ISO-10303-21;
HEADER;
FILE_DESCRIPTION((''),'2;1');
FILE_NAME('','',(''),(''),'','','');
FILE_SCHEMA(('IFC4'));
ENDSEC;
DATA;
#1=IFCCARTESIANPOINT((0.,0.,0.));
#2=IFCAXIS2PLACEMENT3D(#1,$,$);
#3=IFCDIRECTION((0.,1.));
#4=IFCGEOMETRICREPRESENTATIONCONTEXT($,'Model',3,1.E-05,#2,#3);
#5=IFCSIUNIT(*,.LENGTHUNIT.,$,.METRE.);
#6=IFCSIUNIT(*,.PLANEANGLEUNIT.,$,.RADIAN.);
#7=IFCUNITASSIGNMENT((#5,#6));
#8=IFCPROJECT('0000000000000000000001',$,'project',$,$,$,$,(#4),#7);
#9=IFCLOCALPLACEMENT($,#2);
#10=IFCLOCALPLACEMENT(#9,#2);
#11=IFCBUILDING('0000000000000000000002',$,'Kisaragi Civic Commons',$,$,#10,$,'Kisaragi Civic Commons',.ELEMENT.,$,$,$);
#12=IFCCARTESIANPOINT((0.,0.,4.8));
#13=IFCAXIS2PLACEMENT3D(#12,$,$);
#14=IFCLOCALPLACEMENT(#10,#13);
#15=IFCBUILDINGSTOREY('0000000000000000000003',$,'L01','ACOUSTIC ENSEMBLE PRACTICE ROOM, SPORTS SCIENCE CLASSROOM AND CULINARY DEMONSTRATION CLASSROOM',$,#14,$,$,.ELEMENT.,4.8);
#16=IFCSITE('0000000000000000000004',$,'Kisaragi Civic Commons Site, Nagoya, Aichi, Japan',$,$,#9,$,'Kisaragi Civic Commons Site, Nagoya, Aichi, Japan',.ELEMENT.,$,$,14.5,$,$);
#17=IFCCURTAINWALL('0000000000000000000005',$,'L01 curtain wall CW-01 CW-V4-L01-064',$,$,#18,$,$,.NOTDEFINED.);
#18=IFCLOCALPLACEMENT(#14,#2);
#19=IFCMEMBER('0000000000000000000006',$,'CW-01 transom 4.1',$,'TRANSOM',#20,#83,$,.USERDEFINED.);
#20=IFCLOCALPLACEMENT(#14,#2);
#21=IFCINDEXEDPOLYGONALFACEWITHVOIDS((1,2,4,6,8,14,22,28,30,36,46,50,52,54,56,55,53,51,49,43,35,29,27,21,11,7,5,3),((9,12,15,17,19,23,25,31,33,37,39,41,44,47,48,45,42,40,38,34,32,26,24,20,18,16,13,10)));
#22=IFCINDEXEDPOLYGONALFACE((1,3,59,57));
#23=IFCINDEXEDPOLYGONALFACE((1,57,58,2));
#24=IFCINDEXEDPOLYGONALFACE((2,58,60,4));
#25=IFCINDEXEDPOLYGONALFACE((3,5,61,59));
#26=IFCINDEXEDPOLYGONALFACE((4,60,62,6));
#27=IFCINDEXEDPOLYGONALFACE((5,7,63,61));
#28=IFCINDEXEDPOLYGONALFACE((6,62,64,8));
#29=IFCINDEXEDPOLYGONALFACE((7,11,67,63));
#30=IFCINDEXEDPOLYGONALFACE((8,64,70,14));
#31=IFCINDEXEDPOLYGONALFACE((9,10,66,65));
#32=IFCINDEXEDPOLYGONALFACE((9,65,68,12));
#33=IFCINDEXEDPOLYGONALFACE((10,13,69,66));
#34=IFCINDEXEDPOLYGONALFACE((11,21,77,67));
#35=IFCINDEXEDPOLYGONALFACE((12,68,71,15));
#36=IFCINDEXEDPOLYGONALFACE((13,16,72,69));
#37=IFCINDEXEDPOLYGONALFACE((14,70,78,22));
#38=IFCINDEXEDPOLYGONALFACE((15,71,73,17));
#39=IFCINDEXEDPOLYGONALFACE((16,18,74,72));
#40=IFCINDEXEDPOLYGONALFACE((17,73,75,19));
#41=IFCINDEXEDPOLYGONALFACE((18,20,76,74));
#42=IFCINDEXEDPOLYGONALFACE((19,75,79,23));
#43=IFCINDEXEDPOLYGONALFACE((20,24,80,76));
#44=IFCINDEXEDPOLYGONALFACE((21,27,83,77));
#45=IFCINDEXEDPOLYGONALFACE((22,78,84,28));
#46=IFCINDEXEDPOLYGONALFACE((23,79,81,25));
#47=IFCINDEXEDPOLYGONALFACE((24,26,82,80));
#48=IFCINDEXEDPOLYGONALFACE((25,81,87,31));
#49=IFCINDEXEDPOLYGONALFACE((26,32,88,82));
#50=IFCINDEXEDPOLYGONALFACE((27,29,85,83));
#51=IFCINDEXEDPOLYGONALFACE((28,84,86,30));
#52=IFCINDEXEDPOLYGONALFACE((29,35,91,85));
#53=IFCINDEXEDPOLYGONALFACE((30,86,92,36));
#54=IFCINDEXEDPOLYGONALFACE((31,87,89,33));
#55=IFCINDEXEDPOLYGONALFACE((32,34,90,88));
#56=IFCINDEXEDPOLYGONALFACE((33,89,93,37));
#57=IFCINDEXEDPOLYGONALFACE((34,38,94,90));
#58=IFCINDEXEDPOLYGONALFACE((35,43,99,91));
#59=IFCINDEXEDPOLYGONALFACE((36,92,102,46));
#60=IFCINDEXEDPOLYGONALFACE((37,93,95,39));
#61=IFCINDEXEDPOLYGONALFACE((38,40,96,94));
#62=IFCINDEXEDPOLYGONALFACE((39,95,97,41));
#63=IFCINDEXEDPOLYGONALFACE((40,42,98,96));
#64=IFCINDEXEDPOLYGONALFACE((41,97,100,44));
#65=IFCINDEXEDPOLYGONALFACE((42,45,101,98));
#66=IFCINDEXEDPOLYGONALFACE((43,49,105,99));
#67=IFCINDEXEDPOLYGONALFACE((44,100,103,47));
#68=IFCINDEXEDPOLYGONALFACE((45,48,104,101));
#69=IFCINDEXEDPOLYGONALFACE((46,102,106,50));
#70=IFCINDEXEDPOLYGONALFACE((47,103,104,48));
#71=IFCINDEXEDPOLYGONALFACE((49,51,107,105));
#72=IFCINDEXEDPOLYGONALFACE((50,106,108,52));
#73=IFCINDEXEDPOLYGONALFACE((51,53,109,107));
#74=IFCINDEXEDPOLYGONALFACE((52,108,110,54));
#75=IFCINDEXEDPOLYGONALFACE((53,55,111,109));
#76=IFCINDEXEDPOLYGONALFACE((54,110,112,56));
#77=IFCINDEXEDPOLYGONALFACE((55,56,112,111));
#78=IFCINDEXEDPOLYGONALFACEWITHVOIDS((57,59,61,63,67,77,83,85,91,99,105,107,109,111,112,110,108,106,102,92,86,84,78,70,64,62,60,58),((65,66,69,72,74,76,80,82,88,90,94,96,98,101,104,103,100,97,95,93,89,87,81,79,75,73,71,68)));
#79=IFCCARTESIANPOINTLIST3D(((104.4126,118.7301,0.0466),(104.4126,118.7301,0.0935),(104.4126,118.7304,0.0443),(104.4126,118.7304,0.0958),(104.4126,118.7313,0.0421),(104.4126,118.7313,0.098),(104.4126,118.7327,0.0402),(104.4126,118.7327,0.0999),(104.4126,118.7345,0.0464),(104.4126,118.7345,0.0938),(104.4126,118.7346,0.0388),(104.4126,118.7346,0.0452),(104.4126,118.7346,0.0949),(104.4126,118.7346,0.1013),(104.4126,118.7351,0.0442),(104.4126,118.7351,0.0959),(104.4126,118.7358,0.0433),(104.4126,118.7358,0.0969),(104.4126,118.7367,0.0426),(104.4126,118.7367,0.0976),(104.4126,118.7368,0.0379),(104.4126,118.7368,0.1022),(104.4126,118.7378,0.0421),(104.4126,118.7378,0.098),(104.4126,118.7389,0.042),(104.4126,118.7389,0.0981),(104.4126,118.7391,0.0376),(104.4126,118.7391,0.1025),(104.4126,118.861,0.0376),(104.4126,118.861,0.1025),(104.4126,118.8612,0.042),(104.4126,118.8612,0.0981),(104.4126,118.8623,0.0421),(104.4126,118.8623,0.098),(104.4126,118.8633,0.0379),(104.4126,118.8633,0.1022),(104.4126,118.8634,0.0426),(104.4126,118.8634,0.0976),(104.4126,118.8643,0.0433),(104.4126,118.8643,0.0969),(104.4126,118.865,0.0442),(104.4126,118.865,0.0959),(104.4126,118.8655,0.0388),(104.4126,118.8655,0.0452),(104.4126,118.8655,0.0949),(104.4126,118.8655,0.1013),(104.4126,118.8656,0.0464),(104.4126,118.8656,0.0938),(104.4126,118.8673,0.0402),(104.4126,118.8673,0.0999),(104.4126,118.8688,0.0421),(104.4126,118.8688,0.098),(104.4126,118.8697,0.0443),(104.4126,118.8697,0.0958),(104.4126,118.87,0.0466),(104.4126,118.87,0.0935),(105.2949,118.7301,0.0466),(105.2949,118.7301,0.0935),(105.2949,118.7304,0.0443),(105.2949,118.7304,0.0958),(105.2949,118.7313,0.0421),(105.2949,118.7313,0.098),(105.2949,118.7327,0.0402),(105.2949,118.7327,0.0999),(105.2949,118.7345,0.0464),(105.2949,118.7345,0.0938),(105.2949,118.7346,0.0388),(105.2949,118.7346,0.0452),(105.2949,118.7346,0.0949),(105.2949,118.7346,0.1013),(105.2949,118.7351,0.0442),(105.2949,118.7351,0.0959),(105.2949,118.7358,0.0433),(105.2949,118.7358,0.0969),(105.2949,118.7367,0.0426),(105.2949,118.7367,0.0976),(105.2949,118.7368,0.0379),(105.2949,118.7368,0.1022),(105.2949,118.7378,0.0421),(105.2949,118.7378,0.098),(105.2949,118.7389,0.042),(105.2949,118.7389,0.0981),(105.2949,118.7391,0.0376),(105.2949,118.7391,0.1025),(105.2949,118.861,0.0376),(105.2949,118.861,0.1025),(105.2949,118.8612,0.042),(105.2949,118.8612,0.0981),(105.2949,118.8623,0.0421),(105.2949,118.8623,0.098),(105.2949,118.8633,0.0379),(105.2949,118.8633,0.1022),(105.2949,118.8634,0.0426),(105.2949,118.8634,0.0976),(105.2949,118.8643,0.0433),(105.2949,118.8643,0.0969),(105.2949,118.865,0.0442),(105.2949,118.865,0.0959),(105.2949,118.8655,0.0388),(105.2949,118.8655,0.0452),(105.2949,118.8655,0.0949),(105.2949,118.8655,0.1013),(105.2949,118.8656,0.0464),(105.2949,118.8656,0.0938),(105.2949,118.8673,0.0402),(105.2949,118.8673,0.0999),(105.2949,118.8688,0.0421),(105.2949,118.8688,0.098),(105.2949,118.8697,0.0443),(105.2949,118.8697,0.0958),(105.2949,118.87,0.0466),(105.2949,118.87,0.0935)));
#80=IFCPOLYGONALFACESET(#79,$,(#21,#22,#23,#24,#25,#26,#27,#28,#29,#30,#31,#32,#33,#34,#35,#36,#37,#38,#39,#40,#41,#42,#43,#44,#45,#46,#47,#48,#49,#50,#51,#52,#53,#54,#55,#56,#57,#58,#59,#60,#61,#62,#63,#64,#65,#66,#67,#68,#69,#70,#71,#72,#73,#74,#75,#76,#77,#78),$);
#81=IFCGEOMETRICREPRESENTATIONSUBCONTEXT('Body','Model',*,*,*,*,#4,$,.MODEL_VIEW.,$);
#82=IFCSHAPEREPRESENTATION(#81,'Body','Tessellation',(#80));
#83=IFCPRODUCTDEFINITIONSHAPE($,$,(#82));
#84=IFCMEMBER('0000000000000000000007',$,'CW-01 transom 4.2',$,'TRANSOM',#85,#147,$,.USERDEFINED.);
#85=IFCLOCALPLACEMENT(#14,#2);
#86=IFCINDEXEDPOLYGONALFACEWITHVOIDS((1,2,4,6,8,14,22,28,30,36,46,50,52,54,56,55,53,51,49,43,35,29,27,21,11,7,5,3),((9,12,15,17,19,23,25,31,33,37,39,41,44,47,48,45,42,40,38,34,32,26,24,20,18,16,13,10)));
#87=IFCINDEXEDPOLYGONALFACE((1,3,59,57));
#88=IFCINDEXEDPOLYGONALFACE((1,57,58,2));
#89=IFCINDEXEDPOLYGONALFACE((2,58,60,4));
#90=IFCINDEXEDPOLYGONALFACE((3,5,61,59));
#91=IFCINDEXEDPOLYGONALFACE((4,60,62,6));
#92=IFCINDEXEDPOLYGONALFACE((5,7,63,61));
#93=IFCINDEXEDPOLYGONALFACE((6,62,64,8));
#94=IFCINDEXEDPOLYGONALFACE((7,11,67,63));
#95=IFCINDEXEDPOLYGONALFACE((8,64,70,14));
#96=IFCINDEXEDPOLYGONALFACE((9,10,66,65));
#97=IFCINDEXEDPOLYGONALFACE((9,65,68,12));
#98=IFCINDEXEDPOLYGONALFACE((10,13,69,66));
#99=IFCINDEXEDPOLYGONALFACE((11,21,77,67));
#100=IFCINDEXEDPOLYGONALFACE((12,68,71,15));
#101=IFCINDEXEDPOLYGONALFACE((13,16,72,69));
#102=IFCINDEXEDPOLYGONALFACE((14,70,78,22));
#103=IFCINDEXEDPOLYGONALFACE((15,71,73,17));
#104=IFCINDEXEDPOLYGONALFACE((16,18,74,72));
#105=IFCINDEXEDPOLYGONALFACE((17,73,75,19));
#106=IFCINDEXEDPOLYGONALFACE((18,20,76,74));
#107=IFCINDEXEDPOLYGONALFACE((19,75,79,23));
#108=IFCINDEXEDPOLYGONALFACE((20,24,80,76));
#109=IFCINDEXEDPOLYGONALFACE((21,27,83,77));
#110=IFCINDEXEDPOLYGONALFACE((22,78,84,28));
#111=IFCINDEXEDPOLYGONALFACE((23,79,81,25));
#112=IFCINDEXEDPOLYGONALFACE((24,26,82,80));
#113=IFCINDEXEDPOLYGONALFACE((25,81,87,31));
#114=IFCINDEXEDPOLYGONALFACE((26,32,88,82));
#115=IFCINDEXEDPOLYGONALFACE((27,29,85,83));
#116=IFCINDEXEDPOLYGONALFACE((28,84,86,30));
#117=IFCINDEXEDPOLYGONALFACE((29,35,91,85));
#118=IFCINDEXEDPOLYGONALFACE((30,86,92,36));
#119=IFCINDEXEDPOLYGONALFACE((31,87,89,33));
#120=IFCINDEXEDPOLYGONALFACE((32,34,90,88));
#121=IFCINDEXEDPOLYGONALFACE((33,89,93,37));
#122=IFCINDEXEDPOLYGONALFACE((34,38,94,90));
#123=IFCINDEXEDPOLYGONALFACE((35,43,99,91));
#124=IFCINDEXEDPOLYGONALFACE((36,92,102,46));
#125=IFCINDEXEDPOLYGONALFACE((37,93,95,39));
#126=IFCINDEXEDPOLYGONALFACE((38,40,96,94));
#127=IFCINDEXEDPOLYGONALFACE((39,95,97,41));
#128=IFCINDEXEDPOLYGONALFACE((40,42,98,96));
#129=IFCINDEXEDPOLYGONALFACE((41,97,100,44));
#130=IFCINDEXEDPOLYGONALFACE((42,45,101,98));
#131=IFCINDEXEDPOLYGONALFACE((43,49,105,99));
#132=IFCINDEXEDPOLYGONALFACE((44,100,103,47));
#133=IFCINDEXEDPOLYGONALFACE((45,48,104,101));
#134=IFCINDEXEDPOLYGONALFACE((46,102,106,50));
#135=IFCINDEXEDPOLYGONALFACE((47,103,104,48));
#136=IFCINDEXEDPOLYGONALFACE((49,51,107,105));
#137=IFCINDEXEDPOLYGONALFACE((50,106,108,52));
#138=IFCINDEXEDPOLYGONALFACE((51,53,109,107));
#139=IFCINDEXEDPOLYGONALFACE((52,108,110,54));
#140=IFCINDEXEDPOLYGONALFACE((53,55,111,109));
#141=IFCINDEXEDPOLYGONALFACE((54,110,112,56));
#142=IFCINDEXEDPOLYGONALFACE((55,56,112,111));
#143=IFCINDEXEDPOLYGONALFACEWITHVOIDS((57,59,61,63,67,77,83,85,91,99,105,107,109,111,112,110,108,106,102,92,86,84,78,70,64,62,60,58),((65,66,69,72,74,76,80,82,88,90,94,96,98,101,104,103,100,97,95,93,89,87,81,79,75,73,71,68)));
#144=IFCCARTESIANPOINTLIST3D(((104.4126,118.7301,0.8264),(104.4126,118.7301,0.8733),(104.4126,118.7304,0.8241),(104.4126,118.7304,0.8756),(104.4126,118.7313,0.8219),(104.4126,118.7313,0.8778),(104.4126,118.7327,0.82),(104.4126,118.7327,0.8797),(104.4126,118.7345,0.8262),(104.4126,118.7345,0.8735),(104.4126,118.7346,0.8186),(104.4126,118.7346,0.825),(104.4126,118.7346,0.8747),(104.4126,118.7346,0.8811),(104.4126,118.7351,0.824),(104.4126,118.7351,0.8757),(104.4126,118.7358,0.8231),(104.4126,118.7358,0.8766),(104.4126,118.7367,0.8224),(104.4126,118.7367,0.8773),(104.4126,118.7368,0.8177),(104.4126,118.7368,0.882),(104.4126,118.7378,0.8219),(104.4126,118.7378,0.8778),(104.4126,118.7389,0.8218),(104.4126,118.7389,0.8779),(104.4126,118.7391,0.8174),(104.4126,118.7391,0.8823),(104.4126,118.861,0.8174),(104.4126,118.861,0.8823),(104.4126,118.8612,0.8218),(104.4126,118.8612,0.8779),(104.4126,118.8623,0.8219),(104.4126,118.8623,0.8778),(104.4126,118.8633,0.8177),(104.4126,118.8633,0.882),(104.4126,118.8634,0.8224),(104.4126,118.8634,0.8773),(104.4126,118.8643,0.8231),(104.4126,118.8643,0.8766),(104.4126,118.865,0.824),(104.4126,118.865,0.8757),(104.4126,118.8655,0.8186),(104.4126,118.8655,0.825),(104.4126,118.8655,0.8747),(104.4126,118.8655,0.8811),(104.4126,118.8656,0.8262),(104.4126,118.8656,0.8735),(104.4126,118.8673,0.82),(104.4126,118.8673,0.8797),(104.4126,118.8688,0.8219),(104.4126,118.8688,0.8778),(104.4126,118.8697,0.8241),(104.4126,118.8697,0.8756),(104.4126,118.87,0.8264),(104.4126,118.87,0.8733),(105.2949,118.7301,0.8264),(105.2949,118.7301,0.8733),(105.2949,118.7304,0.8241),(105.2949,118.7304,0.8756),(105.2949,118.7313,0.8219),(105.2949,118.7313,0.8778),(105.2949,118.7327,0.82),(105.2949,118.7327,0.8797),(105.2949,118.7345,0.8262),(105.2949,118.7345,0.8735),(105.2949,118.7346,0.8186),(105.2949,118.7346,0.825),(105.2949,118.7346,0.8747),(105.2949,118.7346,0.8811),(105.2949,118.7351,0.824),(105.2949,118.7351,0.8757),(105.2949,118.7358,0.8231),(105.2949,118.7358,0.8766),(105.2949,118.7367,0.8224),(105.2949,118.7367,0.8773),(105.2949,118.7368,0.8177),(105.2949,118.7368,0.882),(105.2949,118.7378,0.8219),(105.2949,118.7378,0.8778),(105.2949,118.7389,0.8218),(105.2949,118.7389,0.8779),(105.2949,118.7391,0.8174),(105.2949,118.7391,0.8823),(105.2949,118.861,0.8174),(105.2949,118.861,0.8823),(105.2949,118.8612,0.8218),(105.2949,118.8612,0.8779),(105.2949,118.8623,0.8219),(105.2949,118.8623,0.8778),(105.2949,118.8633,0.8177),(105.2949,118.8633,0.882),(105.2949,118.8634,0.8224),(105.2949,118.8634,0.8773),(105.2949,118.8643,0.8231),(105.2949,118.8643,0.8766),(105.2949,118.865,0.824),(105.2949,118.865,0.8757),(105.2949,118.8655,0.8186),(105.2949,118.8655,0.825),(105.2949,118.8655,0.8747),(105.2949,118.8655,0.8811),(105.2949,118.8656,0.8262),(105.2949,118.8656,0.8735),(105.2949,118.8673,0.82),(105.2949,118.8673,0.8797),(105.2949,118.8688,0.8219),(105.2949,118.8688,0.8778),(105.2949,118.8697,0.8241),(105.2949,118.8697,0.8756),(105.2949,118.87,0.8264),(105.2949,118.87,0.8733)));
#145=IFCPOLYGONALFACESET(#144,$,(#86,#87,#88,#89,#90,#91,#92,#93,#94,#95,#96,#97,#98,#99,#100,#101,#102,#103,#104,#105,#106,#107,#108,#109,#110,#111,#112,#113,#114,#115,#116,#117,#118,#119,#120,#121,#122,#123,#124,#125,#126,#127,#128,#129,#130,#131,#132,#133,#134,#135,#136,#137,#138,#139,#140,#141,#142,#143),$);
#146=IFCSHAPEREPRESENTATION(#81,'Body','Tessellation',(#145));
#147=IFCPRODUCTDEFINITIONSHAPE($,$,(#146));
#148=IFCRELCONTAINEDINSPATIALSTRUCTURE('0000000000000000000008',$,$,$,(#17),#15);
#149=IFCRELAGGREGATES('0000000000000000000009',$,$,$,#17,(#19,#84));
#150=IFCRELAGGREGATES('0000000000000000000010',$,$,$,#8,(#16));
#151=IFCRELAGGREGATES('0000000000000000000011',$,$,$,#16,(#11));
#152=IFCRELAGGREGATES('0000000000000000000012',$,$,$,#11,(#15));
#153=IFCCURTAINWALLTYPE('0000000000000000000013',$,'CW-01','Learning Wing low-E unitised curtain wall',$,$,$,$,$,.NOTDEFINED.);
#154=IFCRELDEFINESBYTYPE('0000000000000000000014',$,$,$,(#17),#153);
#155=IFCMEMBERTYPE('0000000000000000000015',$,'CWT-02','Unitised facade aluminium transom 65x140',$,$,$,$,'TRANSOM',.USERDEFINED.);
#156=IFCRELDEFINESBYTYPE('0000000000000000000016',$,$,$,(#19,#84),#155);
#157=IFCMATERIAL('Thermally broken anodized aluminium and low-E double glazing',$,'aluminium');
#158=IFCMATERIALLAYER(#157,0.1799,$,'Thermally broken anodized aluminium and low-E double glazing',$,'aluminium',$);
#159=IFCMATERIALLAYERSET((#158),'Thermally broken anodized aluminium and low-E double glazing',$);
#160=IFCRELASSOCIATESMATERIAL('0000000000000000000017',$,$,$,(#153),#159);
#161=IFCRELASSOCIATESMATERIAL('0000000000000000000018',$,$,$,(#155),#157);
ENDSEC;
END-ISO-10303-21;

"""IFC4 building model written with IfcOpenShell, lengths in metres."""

from ifc_helpers import new_model, si_unit, direction, frame, origin, origin_2d, place, context, subcontext, project, spatial, hollow_rectangle, extrude, material, layer, layer_set, material_profile, profile_set, type_object, element, aggregate, save


model = new_model("IFC4")

# Units and contexts
model_context = context("Model", 3, precision=1e-05, world=origin(), true_north=direction((0.0, 1.0)))
body_context = subcontext(model_context, "Body", "Model", "MODEL_VIEW")
ifc_project = project(units=[si_unit("LENGTHUNIT", "METRE"), si_unit("PLANEANGLEUNIT", "RADIAN")], contexts=[model_context])

# Site, building, storey
site_placement = place(None, origin())
site = spatial("IfcSite", under=ifc_project, at=site_placement, Name="Kisaragi Civic Commons Site, Nagoya, Aichi, Japan", LongName="Kisaragi Civic Commons Site, Nagoya, Aichi, Japan", CompositionType="ELEMENT", RefElevation=14.5)
building_placement = place(site_placement, origin())
building = spatial("IfcBuilding", under=site, at=building_placement, Name="Kisaragi Civic Commons", LongName="Kisaragi Civic Commons", CompositionType="ELEMENT")
storey_placement = place(building_placement, frame((0.0, 0.0, 4.8)))
storey = spatial("IfcBuildingStorey", under=building, at=storey_placement, Name="L01", Description="ACOUSTIC ENSEMBLE PRACTICE ROOM, SPORTS SCIENCE CLASSROOM AND CULINARY DEMONSTRATION CLASSROOM", CompositionType="ELEMENT", Elevation=4.8)

# Curtain wall, members
ifc_material_1 = material(Name="Thermally broken anodized aluminium and low-E double glazing", Category="aluminium")
ifc_layer_1 = layer(ifc_material_1, 0.1799, Name="Thermally broken anodized aluminium and low-E double glazing", Category="aluminium")
ifc_layer_set_1 = layer_set([ifc_layer_1], Name="Thermally broken anodized aluminium and low-E double glazing")
curtain_wall_type = type_object("IfcCurtainWallType", Name="CW-01", Description="Learning Wing low-E unitised curtain wall", PredefinedType="NOTDEFINED", material=ifc_layer_set_1)
curtain_wall_placement = place(storey_placement, origin())
curtain_wall = element("IfcCurtainWall", 1, at=curtain_wall_placement, inside=storey, type_object=curtain_wall_type, Name="L01 curtain wall CW-01 CW-V4-L01-064", PredefinedType="NOTDEFINED")
ifc_material_profile_1 = material_profile(ifc_material_1, hollow_rectangle(XDim=0.1399, YDim=0.0649, WallThickness=0.0044, InnerFilletRadius=0.0044, OuterFilletRadius=0.009, at=origin_2d()), Name="CWT-65x140x4.5", Category="aluminium")
ifc_profile_set_1 = profile_set([ifc_material_profile_1], Name="Thermally broken anodized aluminium and low-E double glazing")
member_type_1 = type_object("IfcMemberType", Name="CWT-02", Description="Unitised facade aluminium transom 65x140", ElementType="TRANSOM", PredefinedType="USERDEFINED", material=ifc_profile_set_1)
member_1_placement = place(storey_placement, frame((104.4126, 118.8, 0.0701), z_axis=(1.0, 0.0, 0.0), x_axis=(0.0, 1.0, 0.0)))
member_1 = element("IfcMember", 2, at=member_1_placement, type_object=member_type_1, Name="CW-01 transom 4.1", ObjectType="TRANSOM", PredefinedType="USERDEFINED", context=body_context, shape_type="SweptSolid", body=[
    extrude(hollow_rectangle(XDim=0.1399, YDim=0.0649, WallThickness=0.0044, InnerFilletRadius=0.0044, OuterFilletRadius=0.009, at=origin_2d()), origin(), (0.0, 0.0, 1.0), 0.8823),
])
member_2_placement = place(storey_placement, frame((104.4126, 118.8, 0.8499), z_axis=(1.0, 0.0, 0.0), x_axis=(0.0, 1.0, 0.0)))
member_2 = element("IfcMember", 3, at=member_2_placement, type_object=member_type_1, Name="CW-01 transom 4.2", ObjectType="TRANSOM", PredefinedType="USERDEFINED", context=body_context, shape_type="SweptSolid", body=[
    extrude(hollow_rectangle(XDim=0.1399, YDim=0.0649, WallThickness=0.0044, InnerFilletRadius=0.0044, OuterFilletRadius=0.009, at=origin_2d()), origin(), (0.0, 0.0, 1.0), 0.8823),
])

aggregate(curtain_wall, [member_1, member_2])

save(model, "model.ifc")
